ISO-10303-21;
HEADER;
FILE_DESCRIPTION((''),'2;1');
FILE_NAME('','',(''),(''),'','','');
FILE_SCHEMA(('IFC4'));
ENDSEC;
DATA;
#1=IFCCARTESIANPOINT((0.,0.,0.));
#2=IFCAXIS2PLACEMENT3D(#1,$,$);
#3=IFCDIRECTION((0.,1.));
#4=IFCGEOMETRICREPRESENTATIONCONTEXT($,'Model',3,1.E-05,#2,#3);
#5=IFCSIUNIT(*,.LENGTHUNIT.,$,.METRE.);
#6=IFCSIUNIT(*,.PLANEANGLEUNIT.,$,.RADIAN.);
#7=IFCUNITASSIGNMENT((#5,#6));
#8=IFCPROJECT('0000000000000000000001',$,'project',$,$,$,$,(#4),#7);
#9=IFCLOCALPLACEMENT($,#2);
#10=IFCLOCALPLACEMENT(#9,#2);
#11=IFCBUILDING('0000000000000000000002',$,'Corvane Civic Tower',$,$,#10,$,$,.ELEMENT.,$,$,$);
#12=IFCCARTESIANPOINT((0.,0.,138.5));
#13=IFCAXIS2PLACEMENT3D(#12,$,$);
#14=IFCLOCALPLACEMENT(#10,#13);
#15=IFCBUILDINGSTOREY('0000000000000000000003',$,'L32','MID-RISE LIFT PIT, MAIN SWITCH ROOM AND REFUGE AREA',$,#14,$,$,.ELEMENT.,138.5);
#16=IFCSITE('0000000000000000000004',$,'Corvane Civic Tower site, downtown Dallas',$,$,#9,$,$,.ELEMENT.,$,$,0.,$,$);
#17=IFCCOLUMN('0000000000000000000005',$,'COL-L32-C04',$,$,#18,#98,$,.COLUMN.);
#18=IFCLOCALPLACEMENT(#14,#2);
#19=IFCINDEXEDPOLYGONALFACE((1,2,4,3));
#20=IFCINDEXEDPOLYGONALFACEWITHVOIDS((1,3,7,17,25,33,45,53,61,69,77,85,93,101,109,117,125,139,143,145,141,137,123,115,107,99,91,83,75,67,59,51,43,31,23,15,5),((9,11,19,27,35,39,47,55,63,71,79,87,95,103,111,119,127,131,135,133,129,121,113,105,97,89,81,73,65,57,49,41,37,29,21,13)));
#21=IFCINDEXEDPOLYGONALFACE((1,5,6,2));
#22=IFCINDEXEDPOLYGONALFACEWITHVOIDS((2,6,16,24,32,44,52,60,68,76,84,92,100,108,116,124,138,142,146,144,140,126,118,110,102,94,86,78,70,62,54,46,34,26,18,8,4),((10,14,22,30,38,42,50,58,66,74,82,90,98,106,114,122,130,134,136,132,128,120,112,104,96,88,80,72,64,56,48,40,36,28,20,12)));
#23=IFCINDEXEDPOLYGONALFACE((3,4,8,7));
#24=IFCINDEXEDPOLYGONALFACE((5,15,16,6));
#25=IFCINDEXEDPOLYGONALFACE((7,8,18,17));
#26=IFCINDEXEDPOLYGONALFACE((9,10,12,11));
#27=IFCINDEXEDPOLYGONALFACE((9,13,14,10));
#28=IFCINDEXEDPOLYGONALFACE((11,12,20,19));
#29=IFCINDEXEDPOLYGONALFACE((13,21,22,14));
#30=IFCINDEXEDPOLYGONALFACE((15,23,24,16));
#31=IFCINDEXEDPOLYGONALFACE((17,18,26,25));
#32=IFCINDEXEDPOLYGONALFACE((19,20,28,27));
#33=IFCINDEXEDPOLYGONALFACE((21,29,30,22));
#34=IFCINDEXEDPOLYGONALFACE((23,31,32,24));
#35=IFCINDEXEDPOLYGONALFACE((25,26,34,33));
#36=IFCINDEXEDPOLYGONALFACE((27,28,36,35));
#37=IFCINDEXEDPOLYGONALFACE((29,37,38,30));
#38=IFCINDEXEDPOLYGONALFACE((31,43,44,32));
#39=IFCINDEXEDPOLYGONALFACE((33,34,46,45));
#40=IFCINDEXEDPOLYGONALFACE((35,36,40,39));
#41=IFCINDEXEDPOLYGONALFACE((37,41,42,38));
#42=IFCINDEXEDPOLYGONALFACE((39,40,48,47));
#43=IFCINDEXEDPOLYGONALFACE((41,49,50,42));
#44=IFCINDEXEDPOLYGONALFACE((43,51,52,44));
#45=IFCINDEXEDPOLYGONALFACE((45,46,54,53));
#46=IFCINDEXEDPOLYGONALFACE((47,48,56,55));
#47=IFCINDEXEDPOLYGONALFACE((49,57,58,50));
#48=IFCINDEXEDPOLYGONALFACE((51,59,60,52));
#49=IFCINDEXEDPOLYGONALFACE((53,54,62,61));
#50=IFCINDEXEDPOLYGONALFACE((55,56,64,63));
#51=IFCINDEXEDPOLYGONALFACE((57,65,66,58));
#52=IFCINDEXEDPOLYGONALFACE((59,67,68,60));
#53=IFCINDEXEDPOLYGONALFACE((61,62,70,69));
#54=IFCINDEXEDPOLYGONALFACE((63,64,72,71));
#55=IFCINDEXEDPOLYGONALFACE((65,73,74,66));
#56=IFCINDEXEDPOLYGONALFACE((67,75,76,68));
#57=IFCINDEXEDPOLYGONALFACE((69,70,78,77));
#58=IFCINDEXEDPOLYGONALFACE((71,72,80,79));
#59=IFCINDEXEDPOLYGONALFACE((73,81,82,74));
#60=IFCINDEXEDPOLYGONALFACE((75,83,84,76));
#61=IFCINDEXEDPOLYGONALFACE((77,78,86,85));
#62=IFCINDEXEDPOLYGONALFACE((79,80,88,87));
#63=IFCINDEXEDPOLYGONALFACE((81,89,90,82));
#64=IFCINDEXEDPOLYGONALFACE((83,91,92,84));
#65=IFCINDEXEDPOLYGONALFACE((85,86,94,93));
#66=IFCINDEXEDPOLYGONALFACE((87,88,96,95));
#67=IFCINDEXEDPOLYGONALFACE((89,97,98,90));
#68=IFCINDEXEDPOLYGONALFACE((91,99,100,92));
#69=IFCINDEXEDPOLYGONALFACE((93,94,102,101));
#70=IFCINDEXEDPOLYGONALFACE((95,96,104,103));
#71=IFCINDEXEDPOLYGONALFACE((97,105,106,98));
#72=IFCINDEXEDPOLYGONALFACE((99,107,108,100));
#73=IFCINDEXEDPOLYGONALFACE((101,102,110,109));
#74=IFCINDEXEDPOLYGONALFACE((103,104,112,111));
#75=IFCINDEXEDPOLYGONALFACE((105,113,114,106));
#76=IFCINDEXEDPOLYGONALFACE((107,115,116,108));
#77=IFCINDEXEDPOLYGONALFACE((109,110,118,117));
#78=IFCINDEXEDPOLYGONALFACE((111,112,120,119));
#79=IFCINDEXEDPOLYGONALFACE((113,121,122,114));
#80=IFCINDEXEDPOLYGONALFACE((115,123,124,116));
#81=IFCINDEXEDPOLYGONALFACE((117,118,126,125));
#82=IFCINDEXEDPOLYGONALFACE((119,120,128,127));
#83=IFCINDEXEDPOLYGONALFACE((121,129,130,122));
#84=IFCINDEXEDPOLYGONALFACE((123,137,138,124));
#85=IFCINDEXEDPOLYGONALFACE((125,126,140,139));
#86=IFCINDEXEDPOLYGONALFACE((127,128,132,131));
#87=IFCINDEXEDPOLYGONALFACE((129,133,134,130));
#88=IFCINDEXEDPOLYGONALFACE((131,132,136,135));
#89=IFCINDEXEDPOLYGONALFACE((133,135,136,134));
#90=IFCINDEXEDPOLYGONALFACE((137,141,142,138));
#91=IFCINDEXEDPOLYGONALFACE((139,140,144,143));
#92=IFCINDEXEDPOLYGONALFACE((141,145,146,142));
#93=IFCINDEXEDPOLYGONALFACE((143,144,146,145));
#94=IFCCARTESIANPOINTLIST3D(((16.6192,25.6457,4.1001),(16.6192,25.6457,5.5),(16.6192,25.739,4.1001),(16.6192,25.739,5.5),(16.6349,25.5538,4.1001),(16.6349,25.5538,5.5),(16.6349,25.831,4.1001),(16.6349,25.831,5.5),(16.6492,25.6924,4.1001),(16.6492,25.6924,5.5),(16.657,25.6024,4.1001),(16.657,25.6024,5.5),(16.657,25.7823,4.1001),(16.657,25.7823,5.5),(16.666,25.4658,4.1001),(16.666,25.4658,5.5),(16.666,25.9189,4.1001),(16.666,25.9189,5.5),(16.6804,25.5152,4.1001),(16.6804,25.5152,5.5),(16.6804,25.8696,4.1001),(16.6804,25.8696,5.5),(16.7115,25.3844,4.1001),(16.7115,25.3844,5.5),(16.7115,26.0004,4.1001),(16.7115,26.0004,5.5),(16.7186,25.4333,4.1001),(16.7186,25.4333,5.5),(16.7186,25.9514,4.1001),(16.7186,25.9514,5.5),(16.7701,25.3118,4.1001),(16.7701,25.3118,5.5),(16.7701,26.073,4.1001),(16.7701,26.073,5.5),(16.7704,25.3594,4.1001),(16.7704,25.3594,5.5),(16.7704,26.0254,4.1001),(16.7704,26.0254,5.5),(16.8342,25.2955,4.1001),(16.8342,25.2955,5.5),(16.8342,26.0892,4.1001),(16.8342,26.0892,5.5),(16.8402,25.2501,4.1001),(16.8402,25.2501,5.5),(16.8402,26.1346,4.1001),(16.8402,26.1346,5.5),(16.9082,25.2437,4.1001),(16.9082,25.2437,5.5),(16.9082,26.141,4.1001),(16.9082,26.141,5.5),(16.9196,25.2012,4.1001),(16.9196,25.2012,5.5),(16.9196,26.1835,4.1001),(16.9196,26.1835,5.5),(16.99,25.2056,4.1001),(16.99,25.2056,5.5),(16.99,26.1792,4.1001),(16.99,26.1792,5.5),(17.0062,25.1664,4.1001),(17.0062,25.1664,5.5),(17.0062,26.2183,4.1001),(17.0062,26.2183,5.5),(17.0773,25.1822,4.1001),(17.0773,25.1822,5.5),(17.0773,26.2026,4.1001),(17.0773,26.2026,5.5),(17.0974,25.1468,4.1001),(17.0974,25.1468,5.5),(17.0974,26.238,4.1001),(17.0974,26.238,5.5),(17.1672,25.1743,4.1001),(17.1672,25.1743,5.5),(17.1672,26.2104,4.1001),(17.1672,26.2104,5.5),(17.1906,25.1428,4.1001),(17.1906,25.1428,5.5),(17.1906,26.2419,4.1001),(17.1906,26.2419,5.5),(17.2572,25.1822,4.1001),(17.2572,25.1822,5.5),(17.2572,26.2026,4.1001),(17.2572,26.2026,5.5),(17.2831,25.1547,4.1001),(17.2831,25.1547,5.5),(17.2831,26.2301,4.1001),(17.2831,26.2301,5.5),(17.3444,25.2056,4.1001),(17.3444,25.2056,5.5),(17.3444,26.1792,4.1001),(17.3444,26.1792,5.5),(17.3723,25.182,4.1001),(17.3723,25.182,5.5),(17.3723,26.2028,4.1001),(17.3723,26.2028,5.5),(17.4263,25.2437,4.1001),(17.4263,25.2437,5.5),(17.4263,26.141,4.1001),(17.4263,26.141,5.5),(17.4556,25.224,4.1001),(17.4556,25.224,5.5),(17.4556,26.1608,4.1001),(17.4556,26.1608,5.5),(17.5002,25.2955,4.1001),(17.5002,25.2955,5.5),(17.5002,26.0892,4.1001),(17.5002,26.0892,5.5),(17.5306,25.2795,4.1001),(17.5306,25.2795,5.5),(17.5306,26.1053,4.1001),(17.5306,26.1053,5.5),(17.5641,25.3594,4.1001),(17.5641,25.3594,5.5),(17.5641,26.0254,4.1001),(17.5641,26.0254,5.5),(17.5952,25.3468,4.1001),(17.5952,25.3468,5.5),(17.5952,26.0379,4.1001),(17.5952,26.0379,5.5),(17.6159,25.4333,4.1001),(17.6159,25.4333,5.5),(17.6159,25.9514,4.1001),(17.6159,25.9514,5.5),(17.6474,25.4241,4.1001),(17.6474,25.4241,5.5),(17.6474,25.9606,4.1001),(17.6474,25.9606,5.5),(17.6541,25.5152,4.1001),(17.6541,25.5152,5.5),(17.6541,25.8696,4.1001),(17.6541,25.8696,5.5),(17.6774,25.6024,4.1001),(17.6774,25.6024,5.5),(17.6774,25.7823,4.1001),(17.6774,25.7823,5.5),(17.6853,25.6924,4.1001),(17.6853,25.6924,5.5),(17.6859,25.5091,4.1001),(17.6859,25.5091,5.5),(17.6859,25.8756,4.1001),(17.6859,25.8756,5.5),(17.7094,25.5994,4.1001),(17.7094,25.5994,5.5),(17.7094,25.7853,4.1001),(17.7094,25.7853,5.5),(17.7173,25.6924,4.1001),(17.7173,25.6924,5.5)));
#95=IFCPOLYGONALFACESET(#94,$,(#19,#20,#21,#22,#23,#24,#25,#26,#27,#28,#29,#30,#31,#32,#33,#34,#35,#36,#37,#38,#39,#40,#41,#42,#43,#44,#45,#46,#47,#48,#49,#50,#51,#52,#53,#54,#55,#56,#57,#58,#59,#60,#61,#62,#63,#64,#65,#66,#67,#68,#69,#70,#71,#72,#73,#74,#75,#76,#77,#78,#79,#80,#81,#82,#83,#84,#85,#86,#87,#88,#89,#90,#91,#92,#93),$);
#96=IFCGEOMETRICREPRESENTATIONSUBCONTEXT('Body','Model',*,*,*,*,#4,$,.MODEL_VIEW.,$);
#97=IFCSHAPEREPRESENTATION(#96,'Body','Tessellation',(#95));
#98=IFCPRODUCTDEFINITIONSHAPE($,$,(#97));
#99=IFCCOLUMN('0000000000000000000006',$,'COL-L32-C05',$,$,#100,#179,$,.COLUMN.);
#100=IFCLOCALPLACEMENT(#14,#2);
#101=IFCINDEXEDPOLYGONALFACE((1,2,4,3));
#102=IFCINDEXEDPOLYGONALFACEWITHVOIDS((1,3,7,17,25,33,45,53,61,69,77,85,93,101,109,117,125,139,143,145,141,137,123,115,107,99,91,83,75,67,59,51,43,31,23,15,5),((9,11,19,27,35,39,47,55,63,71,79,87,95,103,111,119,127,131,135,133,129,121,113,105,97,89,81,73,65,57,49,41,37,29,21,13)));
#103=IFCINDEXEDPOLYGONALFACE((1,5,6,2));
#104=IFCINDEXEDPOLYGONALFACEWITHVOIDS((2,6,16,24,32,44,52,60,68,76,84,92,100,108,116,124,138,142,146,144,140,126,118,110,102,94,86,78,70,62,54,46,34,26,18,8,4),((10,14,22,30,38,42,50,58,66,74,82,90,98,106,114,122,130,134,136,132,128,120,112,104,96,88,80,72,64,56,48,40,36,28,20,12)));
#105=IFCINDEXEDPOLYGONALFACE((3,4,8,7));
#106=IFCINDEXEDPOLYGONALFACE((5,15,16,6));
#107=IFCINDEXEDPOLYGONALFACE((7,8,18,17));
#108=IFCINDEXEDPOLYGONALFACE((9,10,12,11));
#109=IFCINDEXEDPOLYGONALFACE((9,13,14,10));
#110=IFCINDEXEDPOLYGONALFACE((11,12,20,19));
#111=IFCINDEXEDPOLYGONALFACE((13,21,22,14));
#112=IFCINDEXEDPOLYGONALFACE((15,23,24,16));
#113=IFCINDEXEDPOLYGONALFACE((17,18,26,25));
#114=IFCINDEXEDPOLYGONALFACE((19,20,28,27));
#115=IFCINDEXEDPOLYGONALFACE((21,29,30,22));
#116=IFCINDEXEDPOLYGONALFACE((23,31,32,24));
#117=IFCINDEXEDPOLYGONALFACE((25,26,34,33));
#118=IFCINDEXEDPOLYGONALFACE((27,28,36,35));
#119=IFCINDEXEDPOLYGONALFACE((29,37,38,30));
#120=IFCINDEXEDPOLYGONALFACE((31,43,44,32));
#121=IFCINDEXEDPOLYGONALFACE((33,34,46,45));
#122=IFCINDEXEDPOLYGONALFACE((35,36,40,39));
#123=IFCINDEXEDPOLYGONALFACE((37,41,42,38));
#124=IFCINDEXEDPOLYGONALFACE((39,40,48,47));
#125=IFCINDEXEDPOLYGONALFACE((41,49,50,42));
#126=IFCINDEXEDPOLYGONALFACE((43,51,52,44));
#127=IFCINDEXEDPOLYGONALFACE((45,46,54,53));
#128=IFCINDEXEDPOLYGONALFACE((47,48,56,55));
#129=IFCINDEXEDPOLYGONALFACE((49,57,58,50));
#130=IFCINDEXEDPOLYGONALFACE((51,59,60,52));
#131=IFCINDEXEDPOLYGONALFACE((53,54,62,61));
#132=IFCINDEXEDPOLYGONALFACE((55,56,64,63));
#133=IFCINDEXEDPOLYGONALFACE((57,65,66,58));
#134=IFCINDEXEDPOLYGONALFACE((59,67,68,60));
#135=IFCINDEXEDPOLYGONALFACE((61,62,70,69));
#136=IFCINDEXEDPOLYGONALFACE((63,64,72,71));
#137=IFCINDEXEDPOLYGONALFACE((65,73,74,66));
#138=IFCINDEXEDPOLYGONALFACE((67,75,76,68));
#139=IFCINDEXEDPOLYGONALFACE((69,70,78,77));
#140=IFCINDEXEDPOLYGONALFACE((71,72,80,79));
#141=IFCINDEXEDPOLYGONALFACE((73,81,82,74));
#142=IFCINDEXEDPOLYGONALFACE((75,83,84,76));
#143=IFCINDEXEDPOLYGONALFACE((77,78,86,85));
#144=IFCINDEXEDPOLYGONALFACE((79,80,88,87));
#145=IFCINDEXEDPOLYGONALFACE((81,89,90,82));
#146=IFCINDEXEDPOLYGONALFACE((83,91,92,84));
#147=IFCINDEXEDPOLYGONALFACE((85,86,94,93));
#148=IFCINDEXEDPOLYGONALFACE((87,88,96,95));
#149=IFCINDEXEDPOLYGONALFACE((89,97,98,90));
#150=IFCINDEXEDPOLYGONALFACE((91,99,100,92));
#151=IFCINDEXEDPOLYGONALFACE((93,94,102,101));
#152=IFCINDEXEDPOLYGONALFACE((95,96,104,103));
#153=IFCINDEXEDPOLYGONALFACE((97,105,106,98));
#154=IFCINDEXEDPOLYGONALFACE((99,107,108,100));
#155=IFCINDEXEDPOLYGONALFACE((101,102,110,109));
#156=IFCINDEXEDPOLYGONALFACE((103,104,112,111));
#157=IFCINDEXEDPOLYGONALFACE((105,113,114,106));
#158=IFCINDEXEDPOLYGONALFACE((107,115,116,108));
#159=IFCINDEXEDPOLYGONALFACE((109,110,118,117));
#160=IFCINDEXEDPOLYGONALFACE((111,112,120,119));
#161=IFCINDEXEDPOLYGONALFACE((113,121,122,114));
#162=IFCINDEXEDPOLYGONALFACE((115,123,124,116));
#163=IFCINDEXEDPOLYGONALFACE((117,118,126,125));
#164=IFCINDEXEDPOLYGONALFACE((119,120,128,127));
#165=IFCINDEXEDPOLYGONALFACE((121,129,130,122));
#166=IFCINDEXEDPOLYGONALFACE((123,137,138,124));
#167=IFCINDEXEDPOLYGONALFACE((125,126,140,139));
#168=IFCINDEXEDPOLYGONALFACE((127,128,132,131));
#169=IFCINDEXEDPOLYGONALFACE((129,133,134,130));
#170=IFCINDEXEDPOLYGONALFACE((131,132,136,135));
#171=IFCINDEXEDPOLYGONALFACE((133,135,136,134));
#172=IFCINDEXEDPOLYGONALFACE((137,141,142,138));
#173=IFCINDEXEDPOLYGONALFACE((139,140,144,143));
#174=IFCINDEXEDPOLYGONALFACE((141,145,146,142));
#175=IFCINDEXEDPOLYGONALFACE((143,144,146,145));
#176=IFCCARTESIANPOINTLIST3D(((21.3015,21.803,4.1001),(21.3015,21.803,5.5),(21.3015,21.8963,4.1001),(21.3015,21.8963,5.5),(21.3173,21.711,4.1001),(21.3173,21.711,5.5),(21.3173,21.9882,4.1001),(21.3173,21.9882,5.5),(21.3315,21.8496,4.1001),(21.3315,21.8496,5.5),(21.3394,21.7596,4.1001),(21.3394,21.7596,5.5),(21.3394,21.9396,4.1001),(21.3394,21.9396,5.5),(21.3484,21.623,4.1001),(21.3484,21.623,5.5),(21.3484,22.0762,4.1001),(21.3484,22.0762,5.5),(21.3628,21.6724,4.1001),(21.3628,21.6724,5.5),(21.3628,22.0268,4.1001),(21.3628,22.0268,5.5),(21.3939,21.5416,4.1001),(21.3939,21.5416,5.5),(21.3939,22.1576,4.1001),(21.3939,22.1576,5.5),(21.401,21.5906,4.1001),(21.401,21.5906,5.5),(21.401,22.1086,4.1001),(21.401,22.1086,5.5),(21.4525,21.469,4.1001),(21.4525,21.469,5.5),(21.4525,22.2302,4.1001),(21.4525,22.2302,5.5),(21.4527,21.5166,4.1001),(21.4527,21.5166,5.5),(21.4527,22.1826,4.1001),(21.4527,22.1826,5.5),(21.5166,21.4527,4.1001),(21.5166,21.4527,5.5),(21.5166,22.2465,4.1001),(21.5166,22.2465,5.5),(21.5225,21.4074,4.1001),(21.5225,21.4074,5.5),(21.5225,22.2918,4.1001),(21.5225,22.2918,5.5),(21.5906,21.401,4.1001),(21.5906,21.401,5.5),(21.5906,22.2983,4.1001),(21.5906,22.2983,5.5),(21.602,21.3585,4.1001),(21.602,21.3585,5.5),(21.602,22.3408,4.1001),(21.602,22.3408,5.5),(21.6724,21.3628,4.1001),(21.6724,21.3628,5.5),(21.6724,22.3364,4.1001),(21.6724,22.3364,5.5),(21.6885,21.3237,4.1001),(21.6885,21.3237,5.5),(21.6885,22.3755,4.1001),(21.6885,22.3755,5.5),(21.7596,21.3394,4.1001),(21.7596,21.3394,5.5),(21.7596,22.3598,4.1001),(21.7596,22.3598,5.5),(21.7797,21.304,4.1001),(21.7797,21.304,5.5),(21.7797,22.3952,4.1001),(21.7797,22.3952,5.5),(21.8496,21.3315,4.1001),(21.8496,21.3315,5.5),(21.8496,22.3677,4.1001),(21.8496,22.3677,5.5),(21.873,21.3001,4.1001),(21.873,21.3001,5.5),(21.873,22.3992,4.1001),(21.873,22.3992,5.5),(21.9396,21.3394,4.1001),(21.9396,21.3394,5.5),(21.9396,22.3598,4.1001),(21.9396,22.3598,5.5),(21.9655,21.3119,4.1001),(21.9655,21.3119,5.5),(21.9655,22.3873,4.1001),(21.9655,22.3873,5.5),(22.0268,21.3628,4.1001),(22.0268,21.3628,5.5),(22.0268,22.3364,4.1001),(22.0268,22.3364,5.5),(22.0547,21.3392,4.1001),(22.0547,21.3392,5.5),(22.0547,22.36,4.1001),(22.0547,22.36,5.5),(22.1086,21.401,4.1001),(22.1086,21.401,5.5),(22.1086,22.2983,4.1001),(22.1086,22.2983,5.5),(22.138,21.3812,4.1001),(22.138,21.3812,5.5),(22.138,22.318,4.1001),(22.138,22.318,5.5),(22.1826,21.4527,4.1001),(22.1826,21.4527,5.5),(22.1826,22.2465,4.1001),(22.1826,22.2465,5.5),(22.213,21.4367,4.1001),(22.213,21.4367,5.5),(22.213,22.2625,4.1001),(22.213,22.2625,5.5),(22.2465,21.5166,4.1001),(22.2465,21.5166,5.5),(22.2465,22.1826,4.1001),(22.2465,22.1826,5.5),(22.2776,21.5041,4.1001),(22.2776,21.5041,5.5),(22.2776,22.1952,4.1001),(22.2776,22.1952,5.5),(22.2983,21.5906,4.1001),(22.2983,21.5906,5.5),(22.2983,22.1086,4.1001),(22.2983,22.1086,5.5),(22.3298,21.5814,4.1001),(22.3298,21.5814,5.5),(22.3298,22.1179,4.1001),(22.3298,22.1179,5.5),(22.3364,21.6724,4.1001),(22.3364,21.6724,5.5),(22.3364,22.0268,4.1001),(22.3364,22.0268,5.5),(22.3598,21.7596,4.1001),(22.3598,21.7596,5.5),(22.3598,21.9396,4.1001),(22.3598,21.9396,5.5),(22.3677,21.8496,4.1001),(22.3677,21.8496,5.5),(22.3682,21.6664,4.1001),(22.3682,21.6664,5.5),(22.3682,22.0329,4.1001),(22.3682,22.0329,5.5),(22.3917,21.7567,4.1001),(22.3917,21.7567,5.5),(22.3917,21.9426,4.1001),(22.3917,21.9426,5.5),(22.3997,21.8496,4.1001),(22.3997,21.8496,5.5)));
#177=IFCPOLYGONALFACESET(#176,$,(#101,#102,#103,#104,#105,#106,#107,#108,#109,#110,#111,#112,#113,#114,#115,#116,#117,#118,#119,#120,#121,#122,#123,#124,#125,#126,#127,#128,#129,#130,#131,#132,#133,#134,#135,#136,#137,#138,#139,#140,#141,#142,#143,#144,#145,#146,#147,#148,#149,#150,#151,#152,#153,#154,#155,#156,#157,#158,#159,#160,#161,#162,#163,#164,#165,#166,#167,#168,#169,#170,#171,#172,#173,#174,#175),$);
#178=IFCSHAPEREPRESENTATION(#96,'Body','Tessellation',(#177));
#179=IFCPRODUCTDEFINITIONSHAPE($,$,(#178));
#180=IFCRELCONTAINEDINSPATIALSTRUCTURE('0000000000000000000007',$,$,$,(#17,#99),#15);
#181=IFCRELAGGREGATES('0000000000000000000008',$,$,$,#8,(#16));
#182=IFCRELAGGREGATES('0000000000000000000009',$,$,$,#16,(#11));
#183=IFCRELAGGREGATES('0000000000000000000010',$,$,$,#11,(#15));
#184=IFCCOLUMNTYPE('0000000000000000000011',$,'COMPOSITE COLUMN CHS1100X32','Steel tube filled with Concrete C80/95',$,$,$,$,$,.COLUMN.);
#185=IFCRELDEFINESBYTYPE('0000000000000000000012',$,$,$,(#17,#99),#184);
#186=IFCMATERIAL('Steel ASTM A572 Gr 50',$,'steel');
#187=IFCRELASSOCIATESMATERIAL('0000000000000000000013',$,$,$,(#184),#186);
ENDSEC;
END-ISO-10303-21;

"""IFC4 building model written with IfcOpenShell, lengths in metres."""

from ifc_helpers import new_model, si_unit, direction, frame, origin, origin_2d, place, context, subcontext, project, spatial, hollow_circle, extrude, material, material_profile, profile_set, type_object, element, save


model = new_model("IFC4")

# Units and contexts
model_context = context("Model", 3, precision=1e-05, world=origin(), true_north=direction((0.0, 1.0)))
body_context = subcontext(model_context, "Body", "Model", "MODEL_VIEW")
ifc_project = project(units=[si_unit("LENGTHUNIT", "METRE"), si_unit("PLANEANGLEUNIT", "RADIAN")], contexts=[model_context])

# Site, building, storey
site_placement = place(None, origin())
site = spatial("IfcSite", under=ifc_project, at=site_placement, Name="Corvane Civic Tower site, downtown Dallas", CompositionType="ELEMENT", RefElevation=0.0)
building_placement = place(site_placement, origin())
building = spatial("IfcBuilding", under=site, at=building_placement, Name="Corvane Civic Tower", CompositionType="ELEMENT")
storey_placement = place(building_placement, frame((0.0, 0.0, 138.5)))
storey = spatial("IfcBuildingStorey", under=building, at=storey_placement, Name="L32", Description="MID-RISE LIFT PIT, MAIN SWITCH ROOM AND REFUGE AREA", CompositionType="ELEMENT", Elevation=138.5)

# Columns
ifc_material_1 = material(Name="Steel ASTM A572 Gr 50", Category="steel")
ifc_material_profile_1 = material_profile(ifc_material_1, hollow_circle(Radius=0.55, WallThickness=0.032, at=origin_2d()), Name="CHS1100X32")
ifc_profile_set_1 = profile_set([ifc_material_profile_1], Name="Steel ASTM A572 Gr 50")
column_type_1 = type_object("IfcColumnType", Name="COMPOSITE COLUMN CHS1100X32", Description="Steel tube filled with Concrete C80/95", PredefinedType="COLUMN", material=ifc_profile_set_1)
for number, where, z_axis, x_axis, name in (
    (1, (17.1672, 25.6924, 4.1001), (0.0, 0.0, 1.0), (1.0, 0.0, 0.0), "COL-L32-C04"),
    (2, (21.8496, 21.8496, 4.1001), (0.0, 0.0, 1.0), (1.0, 0.0, 0.0), "COL-L32-C05"),
):
    element("IfcColumn", number, at=place(storey_placement, frame(where, z_axis=z_axis, x_axis=x_axis)), inside=storey, type_object=column_type_1, Name=name, PredefinedType="COLUMN", context=body_context, shape_type="SweptSolid", body=[
        extrude(hollow_circle(Radius=0.55, WallThickness=0.032, at=origin_2d()), origin(), (0.0, 0.0, 1.0), 1.3999),
    ])

save(model, "model.ifc")
